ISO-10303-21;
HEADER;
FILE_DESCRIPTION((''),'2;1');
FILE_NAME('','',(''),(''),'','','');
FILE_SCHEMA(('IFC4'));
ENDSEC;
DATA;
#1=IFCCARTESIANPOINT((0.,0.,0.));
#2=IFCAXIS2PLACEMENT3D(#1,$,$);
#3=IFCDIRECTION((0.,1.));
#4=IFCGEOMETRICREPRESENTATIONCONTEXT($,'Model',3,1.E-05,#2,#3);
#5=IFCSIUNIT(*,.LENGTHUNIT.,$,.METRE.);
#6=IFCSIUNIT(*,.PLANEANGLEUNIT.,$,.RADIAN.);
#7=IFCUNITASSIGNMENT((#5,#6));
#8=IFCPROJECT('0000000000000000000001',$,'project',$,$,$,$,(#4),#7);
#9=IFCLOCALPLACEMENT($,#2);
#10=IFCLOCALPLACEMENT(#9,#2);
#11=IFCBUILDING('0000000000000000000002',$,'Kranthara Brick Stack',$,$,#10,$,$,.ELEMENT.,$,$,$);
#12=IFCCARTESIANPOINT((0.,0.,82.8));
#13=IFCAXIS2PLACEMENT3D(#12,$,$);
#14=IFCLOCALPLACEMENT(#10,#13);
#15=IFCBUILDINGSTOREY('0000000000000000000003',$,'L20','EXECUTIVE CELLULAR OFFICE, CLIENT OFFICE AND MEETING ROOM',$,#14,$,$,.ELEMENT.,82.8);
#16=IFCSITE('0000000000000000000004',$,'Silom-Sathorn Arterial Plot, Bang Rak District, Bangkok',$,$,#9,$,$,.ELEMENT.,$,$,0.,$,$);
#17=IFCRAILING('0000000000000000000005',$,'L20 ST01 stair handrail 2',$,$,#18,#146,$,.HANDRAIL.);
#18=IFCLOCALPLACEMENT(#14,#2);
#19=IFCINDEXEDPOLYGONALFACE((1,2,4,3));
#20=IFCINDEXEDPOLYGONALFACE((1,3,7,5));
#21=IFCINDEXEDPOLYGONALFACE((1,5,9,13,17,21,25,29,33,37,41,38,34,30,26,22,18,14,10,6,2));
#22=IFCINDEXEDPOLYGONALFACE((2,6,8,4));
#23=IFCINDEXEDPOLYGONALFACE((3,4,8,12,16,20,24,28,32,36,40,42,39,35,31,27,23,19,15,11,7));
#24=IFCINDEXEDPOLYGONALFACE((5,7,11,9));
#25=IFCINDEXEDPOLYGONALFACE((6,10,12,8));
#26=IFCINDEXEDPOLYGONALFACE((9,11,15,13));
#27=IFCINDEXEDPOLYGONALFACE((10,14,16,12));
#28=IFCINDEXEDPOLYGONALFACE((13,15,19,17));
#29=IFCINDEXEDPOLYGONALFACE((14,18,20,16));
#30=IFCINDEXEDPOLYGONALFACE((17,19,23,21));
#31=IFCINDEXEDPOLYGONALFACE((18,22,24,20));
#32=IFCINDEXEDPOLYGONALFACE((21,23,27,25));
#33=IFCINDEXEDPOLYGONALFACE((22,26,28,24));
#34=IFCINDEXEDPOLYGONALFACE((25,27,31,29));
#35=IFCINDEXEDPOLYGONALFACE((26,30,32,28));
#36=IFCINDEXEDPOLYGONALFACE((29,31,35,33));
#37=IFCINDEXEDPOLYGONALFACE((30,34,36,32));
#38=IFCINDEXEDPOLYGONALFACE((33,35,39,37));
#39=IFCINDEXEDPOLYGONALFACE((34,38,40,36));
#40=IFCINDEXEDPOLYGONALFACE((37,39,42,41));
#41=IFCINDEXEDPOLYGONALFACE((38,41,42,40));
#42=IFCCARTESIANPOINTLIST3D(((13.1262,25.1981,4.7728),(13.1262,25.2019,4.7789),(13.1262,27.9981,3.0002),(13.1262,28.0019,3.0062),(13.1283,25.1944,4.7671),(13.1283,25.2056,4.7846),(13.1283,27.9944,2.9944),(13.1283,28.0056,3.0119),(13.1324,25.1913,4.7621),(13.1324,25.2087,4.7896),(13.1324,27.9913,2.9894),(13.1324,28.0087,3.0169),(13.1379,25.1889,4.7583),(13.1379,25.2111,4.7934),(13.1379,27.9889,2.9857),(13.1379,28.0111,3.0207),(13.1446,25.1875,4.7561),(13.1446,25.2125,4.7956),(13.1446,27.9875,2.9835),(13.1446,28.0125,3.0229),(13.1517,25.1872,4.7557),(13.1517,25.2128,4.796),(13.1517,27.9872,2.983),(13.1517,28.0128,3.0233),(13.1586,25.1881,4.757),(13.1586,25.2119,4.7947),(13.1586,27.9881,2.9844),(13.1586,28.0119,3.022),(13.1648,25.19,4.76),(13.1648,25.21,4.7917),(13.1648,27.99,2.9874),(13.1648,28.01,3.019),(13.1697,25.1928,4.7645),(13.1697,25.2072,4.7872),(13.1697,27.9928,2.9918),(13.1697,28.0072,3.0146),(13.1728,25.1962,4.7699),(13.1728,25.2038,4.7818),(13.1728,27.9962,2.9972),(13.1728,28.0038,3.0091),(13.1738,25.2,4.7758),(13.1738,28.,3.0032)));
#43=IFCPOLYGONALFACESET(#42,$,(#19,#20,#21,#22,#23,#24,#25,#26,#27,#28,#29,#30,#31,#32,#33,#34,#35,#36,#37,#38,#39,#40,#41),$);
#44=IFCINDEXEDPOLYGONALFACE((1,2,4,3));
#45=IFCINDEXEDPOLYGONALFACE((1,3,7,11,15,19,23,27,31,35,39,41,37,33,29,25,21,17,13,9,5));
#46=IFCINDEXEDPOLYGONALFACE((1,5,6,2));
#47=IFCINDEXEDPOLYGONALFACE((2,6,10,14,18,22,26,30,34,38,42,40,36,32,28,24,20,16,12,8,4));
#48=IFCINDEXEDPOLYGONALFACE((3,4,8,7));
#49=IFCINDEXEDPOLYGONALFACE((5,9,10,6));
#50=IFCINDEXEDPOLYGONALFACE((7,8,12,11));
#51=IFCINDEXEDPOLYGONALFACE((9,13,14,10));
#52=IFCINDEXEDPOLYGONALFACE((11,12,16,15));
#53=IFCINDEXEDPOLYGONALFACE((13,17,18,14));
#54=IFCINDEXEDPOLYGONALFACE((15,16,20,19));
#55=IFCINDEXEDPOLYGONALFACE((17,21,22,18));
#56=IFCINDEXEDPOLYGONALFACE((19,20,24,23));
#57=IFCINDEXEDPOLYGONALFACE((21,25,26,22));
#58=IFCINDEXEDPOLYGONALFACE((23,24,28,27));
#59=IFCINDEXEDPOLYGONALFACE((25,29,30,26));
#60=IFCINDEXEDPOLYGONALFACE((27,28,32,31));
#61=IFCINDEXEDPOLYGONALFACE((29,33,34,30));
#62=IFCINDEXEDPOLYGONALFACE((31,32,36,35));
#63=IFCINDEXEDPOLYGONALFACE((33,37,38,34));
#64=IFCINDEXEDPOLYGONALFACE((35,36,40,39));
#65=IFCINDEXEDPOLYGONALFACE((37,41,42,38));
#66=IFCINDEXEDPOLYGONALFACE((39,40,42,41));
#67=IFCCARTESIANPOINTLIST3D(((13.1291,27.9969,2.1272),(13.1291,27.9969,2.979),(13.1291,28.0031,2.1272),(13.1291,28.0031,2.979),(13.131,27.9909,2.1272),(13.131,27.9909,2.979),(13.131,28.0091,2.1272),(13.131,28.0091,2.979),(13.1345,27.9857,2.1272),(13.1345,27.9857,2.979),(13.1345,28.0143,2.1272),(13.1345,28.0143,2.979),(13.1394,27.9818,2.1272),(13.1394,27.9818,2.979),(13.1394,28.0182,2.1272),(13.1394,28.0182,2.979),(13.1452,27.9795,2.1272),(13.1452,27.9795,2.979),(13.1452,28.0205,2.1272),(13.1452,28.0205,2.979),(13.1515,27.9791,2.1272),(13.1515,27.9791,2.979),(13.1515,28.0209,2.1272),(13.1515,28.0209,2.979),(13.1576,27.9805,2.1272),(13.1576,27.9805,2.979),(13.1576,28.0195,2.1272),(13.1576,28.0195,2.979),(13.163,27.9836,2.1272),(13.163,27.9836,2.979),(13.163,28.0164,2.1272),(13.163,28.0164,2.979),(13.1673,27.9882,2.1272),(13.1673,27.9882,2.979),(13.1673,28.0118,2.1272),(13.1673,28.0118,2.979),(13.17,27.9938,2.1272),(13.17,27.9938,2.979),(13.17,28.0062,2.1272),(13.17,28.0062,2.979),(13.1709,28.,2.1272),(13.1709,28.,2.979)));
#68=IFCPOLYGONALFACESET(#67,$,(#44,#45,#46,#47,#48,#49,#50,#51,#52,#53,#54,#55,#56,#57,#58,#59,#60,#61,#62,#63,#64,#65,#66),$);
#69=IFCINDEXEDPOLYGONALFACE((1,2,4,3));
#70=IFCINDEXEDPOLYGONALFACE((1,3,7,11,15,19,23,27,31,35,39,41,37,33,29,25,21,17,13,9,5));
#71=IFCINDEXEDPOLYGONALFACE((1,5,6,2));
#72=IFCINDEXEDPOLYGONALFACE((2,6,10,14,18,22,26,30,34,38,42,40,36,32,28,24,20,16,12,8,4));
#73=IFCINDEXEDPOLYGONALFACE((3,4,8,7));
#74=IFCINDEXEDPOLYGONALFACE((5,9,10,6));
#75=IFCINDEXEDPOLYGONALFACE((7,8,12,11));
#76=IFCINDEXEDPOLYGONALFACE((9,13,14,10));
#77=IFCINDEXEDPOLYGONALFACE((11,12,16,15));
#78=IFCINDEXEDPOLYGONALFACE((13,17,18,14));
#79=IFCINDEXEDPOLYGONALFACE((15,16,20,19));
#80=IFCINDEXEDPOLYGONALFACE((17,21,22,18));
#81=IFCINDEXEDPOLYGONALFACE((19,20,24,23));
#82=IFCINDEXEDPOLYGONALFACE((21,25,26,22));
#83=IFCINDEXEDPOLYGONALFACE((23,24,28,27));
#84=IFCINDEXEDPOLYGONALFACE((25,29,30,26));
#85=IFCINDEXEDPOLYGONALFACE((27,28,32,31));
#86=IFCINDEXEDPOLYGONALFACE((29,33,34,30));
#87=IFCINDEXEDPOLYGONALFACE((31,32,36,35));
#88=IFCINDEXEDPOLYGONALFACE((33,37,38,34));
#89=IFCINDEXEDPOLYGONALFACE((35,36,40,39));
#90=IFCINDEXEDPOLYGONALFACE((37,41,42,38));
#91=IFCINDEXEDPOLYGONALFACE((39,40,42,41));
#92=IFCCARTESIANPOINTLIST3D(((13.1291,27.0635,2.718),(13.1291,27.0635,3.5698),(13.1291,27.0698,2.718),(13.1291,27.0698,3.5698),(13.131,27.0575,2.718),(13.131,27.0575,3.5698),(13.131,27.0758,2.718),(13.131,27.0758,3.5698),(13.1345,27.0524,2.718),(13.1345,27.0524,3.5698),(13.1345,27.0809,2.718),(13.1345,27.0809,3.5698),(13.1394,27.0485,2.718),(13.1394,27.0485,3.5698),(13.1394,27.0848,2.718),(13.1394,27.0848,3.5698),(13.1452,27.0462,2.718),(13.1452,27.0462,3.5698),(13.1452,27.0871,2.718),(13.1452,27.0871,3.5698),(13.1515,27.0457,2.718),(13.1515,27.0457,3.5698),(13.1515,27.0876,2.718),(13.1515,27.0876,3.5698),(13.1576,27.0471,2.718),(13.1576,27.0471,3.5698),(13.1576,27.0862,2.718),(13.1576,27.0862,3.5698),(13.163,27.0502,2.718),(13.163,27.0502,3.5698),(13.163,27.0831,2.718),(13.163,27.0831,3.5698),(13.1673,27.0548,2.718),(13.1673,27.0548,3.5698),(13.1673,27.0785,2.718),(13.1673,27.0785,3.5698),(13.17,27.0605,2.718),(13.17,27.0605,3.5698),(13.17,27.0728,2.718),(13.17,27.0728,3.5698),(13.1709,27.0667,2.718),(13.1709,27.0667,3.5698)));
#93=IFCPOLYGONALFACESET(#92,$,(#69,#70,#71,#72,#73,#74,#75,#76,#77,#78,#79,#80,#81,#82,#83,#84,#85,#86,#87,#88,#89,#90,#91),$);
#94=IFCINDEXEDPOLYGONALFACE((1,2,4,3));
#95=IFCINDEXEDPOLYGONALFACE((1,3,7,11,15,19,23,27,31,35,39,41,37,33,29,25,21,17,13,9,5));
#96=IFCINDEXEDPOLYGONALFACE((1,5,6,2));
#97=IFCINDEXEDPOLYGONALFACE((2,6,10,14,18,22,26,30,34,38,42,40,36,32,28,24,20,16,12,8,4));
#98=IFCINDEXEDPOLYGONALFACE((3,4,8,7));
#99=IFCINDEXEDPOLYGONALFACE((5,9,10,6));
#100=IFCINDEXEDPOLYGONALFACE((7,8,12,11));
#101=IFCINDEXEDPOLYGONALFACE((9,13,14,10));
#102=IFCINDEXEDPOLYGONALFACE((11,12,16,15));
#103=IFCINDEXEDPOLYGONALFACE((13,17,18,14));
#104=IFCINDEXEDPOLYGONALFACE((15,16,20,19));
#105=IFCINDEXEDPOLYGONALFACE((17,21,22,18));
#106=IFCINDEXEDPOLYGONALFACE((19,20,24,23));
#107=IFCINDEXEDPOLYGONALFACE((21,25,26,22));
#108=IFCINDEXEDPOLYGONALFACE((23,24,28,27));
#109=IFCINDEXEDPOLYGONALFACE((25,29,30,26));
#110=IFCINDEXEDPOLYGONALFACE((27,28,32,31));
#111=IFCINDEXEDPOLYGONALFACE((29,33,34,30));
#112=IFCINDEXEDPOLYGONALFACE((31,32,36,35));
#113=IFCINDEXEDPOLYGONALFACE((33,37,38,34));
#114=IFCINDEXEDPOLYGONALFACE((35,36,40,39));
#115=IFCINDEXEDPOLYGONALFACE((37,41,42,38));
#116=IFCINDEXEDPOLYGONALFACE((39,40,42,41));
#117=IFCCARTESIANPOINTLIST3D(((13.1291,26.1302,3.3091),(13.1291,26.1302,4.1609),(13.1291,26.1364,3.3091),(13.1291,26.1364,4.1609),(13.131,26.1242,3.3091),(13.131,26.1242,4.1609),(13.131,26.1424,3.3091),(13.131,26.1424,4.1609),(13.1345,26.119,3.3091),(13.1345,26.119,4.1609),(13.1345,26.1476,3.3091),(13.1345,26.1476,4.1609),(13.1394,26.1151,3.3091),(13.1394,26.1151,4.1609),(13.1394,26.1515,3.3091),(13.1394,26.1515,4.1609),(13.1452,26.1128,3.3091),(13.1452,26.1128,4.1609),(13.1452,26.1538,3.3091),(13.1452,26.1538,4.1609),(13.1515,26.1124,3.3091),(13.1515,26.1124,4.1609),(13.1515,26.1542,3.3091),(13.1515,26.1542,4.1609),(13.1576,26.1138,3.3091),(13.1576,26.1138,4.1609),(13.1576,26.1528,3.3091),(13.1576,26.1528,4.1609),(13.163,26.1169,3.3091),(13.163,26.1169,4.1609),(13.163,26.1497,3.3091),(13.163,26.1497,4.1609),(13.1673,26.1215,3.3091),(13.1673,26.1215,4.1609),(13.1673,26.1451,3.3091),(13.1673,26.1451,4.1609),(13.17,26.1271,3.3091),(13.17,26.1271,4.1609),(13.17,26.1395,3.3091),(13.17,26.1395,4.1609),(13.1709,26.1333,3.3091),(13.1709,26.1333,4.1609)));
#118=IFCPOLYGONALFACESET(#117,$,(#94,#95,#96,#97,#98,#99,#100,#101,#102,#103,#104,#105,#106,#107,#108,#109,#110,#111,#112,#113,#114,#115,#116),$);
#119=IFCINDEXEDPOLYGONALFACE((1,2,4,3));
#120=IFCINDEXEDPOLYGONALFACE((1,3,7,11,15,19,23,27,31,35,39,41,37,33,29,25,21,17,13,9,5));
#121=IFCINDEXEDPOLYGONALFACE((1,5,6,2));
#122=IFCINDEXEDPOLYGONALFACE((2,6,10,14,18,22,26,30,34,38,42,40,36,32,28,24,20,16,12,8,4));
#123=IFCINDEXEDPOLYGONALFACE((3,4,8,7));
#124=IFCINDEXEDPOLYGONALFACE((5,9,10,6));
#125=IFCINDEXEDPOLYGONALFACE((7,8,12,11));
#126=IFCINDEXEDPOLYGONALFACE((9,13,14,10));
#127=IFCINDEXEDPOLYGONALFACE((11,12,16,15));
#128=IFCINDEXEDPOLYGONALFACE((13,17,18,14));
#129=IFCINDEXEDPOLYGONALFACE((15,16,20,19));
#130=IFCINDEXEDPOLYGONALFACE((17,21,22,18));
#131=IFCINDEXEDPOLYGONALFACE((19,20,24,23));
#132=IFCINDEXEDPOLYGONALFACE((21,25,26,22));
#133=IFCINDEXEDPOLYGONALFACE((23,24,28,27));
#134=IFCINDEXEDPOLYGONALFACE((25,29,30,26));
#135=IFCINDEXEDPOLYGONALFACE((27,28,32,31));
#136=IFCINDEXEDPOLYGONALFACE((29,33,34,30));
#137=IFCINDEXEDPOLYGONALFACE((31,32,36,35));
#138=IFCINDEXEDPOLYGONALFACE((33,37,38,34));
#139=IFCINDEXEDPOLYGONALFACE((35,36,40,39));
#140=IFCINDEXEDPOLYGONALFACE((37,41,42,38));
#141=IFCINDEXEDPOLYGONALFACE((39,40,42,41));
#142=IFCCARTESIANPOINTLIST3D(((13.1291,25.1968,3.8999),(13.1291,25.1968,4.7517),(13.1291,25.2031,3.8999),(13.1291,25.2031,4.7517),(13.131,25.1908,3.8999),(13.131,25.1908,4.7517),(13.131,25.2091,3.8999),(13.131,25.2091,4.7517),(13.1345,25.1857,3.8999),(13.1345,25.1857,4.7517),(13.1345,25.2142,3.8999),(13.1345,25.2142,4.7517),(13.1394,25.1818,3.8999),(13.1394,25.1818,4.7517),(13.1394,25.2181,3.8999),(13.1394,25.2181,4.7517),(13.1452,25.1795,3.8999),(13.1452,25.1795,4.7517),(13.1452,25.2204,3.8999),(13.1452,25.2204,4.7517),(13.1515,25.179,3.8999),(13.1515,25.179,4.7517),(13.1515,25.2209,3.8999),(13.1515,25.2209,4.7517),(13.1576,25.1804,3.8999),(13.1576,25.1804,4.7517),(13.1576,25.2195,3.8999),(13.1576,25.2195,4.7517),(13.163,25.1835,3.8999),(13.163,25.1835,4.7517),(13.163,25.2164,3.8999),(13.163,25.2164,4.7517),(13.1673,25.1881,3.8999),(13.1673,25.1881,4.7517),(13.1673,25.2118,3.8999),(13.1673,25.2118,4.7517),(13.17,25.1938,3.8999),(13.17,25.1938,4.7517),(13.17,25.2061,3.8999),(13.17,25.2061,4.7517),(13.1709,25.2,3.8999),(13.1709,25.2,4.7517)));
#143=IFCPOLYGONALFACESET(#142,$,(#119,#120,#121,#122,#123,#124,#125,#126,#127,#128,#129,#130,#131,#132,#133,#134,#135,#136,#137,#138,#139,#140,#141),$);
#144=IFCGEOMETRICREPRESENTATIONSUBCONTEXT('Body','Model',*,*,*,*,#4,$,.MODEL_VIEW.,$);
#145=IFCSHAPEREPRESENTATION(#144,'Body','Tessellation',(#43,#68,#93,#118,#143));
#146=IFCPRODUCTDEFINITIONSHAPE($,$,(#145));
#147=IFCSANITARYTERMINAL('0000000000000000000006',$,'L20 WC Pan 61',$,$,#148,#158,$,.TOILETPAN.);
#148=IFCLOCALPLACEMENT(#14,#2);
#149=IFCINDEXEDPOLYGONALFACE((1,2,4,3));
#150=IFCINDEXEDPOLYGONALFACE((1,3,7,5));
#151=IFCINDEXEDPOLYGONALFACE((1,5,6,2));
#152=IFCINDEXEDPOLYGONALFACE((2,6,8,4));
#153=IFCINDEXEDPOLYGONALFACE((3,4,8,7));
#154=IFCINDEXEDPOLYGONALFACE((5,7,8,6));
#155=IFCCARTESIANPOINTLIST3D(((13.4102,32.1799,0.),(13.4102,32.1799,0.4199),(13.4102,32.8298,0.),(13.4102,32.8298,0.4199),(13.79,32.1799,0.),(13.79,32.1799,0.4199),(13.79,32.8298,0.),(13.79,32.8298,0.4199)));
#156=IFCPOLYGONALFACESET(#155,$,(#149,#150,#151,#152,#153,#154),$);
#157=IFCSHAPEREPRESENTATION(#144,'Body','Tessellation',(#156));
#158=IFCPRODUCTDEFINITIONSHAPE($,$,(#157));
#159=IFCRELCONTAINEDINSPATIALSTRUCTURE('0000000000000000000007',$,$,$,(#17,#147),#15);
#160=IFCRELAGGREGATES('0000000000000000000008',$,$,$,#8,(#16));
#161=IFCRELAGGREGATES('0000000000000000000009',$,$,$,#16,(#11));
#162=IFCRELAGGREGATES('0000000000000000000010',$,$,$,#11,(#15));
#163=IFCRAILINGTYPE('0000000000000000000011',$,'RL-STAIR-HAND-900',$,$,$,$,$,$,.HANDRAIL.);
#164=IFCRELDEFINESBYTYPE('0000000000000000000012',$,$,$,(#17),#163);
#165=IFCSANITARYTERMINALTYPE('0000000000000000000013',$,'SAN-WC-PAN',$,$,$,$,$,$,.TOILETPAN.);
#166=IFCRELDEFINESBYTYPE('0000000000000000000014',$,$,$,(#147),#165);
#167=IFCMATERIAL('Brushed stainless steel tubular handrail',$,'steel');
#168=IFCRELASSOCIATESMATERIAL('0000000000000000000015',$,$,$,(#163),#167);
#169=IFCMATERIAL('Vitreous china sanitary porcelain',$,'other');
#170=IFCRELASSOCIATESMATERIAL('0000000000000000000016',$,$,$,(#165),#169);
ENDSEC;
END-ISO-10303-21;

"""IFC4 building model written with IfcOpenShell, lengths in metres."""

from ifc_helpers import new_model, si_unit, direction, frame, origin, origin_2d, place, context, subcontext, project, spatial, rectangle, circle, extrude, material, type_object, element, save


model = new_model("IFC4")

# Units and contexts
model_context = context("Model", 3, precision=1e-05, world=origin(), true_north=direction((0.0, 1.0)))
body_context = subcontext(model_context, "Body", "Model", "MODEL_VIEW")
ifc_project = project(units=[si_unit("LENGTHUNIT", "METRE"), si_unit("PLANEANGLEUNIT", "RADIAN")], contexts=[model_context])

# Site, building, storey
site_placement = place(None, origin())
site = spatial("IfcSite", under=ifc_project, at=site_placement, Name="Silom-Sathorn Arterial Plot, Bang Rak District, Bangkok", CompositionType="ELEMENT", RefElevation=0.0)
building_placement = place(site_placement, origin())
building = spatial("IfcBuilding", under=site, at=building_placement, Name="Kranthara Brick Stack", CompositionType="ELEMENT")
storey_placement = place(building_placement, frame((0.0, 0.0, 82.8)))
storey = spatial("IfcBuildingStorey", under=building, at=storey_placement, Name="L20", Description="EXECUTIVE CELLULAR OFFICE, CLIENT OFFICE AND MEETING ROOM", CompositionType="ELEMENT", Elevation=82.8)

# Railing
ifc_material_1 = material(Name="Brushed stainless steel tubular handrail", Category="steel")
railing_type_1 = type_object("IfcRailingType", Name="RL-STAIR-HAND-900", PredefinedType="HANDRAIL", material=ifc_material_1)
railing_1_placement = place(storey_placement, frame((13.1499, 28.0, 2.1272)))
element("IfcRailing", 1, at=railing_1_placement, inside=storey, type_object=railing_type_1, Name="L20 ST01 stair handrail 2", PredefinedType="HANDRAIL", context=body_context, shape_type="SweptSolid", body=[
    extrude(circle(Radius=0.0239, at=origin_2d()), frame((0.0, 0.0, 0.876), z_axis=(0.0, -0.844909, 0.53491), x_axis=(1.0, 0.0, 0.0)), (0.0, 0.0, 1.0), 3.314),
    extrude(circle(Radius=0.021, at=origin_2d()), origin(), (0.0, 0.0, 1.0), 0.8518),
    extrude(circle(Radius=0.021, at=origin_2d()), frame((0.0, -0.9333, 0.5908)), (0.0, 0.0, 1.0), 0.8518),
    extrude(circle(Radius=0.021, at=origin_2d()), frame((0.0, -1.8667, 1.1819)), (0.0, 0.0, 1.0), 0.8518),
    extrude(circle(Radius=0.021, at=origin_2d()), frame((0.0, -2.8, 1.7727)), (0.0, 0.0, 1.0), 0.8518),
])

# Sanitary terminal
ifc_material_2 = material(Name="Vitreous china sanitary porcelain", Category="other")
sanitary_terminal_type = type_object("IfcSanitaryTerminalType", Name="SAN-WC-PAN", PredefinedType="TOILETPAN", material=ifc_material_2)
sanitary_terminal_placement = place(storey_placement, frame((13.6001, 32.5049, 0.0), z_axis=(0.0, 0.0, 1.0), x_axis=(1.0, 0.0, 0.0)))
element("IfcSanitaryTerminal", 2, at=sanitary_terminal_placement, inside=storey, type_object=sanitary_terminal_type, Name="L20 WC Pan 61", PredefinedType="TOILETPAN", context=body_context, shape_type="SweptSolid", body=[
    extrude(rectangle(XDim=0.3799, YDim=0.6499, at=origin_2d()), origin(), (0.0, 0.0, 1.0), 0.4199),
])

save(model, "model.ifc")
